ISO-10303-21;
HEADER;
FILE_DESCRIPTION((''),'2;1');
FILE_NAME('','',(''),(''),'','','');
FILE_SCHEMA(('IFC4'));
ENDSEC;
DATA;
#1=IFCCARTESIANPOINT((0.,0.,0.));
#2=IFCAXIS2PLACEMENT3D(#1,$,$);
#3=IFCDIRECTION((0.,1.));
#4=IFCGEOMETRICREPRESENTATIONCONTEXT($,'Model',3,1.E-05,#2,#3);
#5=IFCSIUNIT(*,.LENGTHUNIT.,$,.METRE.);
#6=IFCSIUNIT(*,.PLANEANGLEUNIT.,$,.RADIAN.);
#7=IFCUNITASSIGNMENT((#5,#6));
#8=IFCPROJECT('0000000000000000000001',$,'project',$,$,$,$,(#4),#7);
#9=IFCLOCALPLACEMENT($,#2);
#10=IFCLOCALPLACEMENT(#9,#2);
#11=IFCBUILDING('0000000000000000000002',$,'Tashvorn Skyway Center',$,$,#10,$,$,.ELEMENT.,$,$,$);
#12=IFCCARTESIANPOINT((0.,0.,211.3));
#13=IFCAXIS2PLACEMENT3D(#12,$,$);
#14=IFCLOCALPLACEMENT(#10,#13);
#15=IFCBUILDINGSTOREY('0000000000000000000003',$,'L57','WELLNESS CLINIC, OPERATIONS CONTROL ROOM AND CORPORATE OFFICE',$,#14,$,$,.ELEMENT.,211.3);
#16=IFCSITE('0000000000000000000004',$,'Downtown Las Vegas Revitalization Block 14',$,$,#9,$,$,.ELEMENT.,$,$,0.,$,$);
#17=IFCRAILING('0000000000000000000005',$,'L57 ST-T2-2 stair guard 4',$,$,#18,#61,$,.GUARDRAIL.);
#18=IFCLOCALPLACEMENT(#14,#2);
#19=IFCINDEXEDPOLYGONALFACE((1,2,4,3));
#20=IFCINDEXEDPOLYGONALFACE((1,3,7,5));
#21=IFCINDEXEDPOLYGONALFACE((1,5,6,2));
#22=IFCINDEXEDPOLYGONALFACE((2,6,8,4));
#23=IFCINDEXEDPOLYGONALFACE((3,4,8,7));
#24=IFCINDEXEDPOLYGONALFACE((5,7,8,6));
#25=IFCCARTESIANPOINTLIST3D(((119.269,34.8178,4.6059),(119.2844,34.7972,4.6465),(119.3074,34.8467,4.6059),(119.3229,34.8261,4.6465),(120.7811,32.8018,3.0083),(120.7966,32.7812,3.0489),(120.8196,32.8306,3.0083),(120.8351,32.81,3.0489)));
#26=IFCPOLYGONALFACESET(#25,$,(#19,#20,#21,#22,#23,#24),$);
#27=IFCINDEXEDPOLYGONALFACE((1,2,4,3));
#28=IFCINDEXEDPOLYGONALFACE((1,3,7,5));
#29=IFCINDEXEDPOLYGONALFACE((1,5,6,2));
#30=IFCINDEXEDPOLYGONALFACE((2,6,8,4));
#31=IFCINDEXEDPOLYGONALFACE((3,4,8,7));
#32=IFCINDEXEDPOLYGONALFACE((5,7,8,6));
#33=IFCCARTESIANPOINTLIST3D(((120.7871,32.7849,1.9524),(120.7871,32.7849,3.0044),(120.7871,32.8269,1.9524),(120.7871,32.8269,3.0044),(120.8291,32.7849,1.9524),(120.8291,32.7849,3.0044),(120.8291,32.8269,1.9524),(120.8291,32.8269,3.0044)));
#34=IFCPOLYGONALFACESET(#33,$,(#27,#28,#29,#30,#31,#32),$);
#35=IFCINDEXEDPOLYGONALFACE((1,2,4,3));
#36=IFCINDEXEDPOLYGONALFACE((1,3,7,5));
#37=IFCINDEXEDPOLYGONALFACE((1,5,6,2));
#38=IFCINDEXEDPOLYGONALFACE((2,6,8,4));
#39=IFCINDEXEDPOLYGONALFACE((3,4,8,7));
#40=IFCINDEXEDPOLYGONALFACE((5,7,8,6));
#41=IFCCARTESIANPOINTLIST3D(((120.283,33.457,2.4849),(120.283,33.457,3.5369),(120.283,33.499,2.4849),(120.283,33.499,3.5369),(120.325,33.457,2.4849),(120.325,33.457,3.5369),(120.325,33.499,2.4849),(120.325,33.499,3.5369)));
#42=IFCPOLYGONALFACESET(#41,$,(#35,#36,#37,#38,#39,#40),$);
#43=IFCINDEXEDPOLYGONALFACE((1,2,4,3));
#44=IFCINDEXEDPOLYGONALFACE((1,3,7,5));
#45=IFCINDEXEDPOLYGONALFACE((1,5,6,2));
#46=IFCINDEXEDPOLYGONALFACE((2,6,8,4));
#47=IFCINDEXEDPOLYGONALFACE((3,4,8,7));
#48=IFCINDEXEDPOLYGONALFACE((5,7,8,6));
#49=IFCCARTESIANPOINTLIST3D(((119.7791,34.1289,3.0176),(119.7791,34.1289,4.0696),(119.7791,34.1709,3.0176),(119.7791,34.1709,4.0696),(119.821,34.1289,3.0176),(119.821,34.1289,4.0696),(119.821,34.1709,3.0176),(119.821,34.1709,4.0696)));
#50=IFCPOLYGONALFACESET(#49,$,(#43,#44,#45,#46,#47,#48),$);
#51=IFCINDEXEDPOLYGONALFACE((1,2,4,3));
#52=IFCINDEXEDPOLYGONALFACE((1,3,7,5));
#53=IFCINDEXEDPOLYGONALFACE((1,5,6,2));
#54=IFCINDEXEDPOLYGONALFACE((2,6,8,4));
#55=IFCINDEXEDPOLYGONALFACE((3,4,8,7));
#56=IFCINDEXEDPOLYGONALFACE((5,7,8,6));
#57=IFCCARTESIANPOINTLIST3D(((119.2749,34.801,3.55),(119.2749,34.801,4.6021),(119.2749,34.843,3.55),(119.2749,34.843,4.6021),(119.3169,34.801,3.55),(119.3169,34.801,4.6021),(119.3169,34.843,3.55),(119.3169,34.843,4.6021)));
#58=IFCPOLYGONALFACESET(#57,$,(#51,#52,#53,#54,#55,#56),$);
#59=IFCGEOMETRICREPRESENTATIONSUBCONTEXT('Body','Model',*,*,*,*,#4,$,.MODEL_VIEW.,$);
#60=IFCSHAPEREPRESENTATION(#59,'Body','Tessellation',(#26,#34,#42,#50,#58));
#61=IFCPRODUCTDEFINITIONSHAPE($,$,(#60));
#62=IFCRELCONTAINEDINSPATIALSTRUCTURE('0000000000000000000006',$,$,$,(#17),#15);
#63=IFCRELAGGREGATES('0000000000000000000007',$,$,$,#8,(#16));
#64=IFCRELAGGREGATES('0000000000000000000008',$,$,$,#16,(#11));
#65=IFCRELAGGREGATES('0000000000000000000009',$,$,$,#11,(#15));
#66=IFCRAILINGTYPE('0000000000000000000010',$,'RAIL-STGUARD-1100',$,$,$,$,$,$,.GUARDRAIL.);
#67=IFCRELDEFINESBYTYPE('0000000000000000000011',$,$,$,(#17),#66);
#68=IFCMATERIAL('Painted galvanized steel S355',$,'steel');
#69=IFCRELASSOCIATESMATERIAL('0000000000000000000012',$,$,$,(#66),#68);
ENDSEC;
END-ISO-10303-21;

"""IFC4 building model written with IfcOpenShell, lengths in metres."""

from ifc_helpers import new_model, si_unit, direction, frame, origin, origin_2d, place, context, subcontext, project, spatial, rectangle, extrude, material, type_object, element, save


model = new_model("IFC4")

# Units and contexts
model_context = context("Model", 3, precision=1e-05, world=origin(), true_north=direction((0.0, 1.0)))
body_context = subcontext(model_context, "Body", "Model", "MODEL_VIEW")
ifc_project = project(units=[si_unit("LENGTHUNIT", "METRE"), si_unit("PLANEANGLEUNIT", "RADIAN")], contexts=[model_context])

# Site, building, storey
site_placement = place(None, origin())
site = spatial("IfcSite", under=ifc_project, at=site_placement, Name="Downtown Las Vegas Revitalization Block 14", CompositionType="ELEMENT", RefElevation=0.0)
building_placement = place(site_placement, origin())
building = spatial("IfcBuilding", under=site, at=building_placement, Name="Tashvorn Skyway Center", CompositionType="ELEMENT")
storey_placement = place(building_placement, frame((0.0, 0.0, 211.3)))
storey = spatial("IfcBuildingStorey", under=building, at=storey_placement, Name="L57", Description="WELLNESS CLINIC, OPERATIONS CONTROL ROOM AND CORPORATE OFFICE", CompositionType="ELEMENT", Elevation=211.3)

# Railing
ifc_material_1 = material(Name="Painted galvanized steel S355", Category="steel")
railing_type_1 = type_object("IfcRailingType", Name="RAIL-STGUARD-1100", PredefinedType="GUARDRAIL", material=ifc_material_1)
railing_1_placement = place(storey_placement, frame((120.8081, 32.8059, 1.9524)))
element("IfcRailing", 1, at=railing_1_placement, inside=storey, type_object=railing_type_1, Name="L57 ST-T2-2 stair guard 4", PredefinedType="GUARDRAIL", context=body_context, shape_type="SweptSolid", body=[
    extrude(rectangle(XDim=0.0481, YDim=0.0481, at=origin_2d()), frame((0.0, 0.0, 1.0762), z_axis=(-0.506779, 0.675651, 0.535416), x_axis=(-0.799977, -0.600031, 0.0)), (0.0, 0.0, 1.0), 2.9839),
    extrude(rectangle(XDim=0.042, YDim=0.042, at=origin_2d()), origin(), (0.0, 0.0, 1.0), 1.052),
    extrude(rectangle(XDim=0.042, YDim=0.042, at=origin_2d()), frame((-0.5042, 0.6721, 0.5325)), (0.0, 0.0, 1.0), 1.052),
    extrude(rectangle(XDim=0.042, YDim=0.042, at=origin_2d()), frame((-1.0081, 1.344, 1.0652)), (0.0, 0.0, 1.0), 1.052),
    extrude(rectangle(XDim=0.042, YDim=0.042, at=origin_2d()), frame((-1.5122, 2.0161, 1.5977)), (0.0, 0.0, 1.0), 1.052),
])

save(model, "model.ifc")
